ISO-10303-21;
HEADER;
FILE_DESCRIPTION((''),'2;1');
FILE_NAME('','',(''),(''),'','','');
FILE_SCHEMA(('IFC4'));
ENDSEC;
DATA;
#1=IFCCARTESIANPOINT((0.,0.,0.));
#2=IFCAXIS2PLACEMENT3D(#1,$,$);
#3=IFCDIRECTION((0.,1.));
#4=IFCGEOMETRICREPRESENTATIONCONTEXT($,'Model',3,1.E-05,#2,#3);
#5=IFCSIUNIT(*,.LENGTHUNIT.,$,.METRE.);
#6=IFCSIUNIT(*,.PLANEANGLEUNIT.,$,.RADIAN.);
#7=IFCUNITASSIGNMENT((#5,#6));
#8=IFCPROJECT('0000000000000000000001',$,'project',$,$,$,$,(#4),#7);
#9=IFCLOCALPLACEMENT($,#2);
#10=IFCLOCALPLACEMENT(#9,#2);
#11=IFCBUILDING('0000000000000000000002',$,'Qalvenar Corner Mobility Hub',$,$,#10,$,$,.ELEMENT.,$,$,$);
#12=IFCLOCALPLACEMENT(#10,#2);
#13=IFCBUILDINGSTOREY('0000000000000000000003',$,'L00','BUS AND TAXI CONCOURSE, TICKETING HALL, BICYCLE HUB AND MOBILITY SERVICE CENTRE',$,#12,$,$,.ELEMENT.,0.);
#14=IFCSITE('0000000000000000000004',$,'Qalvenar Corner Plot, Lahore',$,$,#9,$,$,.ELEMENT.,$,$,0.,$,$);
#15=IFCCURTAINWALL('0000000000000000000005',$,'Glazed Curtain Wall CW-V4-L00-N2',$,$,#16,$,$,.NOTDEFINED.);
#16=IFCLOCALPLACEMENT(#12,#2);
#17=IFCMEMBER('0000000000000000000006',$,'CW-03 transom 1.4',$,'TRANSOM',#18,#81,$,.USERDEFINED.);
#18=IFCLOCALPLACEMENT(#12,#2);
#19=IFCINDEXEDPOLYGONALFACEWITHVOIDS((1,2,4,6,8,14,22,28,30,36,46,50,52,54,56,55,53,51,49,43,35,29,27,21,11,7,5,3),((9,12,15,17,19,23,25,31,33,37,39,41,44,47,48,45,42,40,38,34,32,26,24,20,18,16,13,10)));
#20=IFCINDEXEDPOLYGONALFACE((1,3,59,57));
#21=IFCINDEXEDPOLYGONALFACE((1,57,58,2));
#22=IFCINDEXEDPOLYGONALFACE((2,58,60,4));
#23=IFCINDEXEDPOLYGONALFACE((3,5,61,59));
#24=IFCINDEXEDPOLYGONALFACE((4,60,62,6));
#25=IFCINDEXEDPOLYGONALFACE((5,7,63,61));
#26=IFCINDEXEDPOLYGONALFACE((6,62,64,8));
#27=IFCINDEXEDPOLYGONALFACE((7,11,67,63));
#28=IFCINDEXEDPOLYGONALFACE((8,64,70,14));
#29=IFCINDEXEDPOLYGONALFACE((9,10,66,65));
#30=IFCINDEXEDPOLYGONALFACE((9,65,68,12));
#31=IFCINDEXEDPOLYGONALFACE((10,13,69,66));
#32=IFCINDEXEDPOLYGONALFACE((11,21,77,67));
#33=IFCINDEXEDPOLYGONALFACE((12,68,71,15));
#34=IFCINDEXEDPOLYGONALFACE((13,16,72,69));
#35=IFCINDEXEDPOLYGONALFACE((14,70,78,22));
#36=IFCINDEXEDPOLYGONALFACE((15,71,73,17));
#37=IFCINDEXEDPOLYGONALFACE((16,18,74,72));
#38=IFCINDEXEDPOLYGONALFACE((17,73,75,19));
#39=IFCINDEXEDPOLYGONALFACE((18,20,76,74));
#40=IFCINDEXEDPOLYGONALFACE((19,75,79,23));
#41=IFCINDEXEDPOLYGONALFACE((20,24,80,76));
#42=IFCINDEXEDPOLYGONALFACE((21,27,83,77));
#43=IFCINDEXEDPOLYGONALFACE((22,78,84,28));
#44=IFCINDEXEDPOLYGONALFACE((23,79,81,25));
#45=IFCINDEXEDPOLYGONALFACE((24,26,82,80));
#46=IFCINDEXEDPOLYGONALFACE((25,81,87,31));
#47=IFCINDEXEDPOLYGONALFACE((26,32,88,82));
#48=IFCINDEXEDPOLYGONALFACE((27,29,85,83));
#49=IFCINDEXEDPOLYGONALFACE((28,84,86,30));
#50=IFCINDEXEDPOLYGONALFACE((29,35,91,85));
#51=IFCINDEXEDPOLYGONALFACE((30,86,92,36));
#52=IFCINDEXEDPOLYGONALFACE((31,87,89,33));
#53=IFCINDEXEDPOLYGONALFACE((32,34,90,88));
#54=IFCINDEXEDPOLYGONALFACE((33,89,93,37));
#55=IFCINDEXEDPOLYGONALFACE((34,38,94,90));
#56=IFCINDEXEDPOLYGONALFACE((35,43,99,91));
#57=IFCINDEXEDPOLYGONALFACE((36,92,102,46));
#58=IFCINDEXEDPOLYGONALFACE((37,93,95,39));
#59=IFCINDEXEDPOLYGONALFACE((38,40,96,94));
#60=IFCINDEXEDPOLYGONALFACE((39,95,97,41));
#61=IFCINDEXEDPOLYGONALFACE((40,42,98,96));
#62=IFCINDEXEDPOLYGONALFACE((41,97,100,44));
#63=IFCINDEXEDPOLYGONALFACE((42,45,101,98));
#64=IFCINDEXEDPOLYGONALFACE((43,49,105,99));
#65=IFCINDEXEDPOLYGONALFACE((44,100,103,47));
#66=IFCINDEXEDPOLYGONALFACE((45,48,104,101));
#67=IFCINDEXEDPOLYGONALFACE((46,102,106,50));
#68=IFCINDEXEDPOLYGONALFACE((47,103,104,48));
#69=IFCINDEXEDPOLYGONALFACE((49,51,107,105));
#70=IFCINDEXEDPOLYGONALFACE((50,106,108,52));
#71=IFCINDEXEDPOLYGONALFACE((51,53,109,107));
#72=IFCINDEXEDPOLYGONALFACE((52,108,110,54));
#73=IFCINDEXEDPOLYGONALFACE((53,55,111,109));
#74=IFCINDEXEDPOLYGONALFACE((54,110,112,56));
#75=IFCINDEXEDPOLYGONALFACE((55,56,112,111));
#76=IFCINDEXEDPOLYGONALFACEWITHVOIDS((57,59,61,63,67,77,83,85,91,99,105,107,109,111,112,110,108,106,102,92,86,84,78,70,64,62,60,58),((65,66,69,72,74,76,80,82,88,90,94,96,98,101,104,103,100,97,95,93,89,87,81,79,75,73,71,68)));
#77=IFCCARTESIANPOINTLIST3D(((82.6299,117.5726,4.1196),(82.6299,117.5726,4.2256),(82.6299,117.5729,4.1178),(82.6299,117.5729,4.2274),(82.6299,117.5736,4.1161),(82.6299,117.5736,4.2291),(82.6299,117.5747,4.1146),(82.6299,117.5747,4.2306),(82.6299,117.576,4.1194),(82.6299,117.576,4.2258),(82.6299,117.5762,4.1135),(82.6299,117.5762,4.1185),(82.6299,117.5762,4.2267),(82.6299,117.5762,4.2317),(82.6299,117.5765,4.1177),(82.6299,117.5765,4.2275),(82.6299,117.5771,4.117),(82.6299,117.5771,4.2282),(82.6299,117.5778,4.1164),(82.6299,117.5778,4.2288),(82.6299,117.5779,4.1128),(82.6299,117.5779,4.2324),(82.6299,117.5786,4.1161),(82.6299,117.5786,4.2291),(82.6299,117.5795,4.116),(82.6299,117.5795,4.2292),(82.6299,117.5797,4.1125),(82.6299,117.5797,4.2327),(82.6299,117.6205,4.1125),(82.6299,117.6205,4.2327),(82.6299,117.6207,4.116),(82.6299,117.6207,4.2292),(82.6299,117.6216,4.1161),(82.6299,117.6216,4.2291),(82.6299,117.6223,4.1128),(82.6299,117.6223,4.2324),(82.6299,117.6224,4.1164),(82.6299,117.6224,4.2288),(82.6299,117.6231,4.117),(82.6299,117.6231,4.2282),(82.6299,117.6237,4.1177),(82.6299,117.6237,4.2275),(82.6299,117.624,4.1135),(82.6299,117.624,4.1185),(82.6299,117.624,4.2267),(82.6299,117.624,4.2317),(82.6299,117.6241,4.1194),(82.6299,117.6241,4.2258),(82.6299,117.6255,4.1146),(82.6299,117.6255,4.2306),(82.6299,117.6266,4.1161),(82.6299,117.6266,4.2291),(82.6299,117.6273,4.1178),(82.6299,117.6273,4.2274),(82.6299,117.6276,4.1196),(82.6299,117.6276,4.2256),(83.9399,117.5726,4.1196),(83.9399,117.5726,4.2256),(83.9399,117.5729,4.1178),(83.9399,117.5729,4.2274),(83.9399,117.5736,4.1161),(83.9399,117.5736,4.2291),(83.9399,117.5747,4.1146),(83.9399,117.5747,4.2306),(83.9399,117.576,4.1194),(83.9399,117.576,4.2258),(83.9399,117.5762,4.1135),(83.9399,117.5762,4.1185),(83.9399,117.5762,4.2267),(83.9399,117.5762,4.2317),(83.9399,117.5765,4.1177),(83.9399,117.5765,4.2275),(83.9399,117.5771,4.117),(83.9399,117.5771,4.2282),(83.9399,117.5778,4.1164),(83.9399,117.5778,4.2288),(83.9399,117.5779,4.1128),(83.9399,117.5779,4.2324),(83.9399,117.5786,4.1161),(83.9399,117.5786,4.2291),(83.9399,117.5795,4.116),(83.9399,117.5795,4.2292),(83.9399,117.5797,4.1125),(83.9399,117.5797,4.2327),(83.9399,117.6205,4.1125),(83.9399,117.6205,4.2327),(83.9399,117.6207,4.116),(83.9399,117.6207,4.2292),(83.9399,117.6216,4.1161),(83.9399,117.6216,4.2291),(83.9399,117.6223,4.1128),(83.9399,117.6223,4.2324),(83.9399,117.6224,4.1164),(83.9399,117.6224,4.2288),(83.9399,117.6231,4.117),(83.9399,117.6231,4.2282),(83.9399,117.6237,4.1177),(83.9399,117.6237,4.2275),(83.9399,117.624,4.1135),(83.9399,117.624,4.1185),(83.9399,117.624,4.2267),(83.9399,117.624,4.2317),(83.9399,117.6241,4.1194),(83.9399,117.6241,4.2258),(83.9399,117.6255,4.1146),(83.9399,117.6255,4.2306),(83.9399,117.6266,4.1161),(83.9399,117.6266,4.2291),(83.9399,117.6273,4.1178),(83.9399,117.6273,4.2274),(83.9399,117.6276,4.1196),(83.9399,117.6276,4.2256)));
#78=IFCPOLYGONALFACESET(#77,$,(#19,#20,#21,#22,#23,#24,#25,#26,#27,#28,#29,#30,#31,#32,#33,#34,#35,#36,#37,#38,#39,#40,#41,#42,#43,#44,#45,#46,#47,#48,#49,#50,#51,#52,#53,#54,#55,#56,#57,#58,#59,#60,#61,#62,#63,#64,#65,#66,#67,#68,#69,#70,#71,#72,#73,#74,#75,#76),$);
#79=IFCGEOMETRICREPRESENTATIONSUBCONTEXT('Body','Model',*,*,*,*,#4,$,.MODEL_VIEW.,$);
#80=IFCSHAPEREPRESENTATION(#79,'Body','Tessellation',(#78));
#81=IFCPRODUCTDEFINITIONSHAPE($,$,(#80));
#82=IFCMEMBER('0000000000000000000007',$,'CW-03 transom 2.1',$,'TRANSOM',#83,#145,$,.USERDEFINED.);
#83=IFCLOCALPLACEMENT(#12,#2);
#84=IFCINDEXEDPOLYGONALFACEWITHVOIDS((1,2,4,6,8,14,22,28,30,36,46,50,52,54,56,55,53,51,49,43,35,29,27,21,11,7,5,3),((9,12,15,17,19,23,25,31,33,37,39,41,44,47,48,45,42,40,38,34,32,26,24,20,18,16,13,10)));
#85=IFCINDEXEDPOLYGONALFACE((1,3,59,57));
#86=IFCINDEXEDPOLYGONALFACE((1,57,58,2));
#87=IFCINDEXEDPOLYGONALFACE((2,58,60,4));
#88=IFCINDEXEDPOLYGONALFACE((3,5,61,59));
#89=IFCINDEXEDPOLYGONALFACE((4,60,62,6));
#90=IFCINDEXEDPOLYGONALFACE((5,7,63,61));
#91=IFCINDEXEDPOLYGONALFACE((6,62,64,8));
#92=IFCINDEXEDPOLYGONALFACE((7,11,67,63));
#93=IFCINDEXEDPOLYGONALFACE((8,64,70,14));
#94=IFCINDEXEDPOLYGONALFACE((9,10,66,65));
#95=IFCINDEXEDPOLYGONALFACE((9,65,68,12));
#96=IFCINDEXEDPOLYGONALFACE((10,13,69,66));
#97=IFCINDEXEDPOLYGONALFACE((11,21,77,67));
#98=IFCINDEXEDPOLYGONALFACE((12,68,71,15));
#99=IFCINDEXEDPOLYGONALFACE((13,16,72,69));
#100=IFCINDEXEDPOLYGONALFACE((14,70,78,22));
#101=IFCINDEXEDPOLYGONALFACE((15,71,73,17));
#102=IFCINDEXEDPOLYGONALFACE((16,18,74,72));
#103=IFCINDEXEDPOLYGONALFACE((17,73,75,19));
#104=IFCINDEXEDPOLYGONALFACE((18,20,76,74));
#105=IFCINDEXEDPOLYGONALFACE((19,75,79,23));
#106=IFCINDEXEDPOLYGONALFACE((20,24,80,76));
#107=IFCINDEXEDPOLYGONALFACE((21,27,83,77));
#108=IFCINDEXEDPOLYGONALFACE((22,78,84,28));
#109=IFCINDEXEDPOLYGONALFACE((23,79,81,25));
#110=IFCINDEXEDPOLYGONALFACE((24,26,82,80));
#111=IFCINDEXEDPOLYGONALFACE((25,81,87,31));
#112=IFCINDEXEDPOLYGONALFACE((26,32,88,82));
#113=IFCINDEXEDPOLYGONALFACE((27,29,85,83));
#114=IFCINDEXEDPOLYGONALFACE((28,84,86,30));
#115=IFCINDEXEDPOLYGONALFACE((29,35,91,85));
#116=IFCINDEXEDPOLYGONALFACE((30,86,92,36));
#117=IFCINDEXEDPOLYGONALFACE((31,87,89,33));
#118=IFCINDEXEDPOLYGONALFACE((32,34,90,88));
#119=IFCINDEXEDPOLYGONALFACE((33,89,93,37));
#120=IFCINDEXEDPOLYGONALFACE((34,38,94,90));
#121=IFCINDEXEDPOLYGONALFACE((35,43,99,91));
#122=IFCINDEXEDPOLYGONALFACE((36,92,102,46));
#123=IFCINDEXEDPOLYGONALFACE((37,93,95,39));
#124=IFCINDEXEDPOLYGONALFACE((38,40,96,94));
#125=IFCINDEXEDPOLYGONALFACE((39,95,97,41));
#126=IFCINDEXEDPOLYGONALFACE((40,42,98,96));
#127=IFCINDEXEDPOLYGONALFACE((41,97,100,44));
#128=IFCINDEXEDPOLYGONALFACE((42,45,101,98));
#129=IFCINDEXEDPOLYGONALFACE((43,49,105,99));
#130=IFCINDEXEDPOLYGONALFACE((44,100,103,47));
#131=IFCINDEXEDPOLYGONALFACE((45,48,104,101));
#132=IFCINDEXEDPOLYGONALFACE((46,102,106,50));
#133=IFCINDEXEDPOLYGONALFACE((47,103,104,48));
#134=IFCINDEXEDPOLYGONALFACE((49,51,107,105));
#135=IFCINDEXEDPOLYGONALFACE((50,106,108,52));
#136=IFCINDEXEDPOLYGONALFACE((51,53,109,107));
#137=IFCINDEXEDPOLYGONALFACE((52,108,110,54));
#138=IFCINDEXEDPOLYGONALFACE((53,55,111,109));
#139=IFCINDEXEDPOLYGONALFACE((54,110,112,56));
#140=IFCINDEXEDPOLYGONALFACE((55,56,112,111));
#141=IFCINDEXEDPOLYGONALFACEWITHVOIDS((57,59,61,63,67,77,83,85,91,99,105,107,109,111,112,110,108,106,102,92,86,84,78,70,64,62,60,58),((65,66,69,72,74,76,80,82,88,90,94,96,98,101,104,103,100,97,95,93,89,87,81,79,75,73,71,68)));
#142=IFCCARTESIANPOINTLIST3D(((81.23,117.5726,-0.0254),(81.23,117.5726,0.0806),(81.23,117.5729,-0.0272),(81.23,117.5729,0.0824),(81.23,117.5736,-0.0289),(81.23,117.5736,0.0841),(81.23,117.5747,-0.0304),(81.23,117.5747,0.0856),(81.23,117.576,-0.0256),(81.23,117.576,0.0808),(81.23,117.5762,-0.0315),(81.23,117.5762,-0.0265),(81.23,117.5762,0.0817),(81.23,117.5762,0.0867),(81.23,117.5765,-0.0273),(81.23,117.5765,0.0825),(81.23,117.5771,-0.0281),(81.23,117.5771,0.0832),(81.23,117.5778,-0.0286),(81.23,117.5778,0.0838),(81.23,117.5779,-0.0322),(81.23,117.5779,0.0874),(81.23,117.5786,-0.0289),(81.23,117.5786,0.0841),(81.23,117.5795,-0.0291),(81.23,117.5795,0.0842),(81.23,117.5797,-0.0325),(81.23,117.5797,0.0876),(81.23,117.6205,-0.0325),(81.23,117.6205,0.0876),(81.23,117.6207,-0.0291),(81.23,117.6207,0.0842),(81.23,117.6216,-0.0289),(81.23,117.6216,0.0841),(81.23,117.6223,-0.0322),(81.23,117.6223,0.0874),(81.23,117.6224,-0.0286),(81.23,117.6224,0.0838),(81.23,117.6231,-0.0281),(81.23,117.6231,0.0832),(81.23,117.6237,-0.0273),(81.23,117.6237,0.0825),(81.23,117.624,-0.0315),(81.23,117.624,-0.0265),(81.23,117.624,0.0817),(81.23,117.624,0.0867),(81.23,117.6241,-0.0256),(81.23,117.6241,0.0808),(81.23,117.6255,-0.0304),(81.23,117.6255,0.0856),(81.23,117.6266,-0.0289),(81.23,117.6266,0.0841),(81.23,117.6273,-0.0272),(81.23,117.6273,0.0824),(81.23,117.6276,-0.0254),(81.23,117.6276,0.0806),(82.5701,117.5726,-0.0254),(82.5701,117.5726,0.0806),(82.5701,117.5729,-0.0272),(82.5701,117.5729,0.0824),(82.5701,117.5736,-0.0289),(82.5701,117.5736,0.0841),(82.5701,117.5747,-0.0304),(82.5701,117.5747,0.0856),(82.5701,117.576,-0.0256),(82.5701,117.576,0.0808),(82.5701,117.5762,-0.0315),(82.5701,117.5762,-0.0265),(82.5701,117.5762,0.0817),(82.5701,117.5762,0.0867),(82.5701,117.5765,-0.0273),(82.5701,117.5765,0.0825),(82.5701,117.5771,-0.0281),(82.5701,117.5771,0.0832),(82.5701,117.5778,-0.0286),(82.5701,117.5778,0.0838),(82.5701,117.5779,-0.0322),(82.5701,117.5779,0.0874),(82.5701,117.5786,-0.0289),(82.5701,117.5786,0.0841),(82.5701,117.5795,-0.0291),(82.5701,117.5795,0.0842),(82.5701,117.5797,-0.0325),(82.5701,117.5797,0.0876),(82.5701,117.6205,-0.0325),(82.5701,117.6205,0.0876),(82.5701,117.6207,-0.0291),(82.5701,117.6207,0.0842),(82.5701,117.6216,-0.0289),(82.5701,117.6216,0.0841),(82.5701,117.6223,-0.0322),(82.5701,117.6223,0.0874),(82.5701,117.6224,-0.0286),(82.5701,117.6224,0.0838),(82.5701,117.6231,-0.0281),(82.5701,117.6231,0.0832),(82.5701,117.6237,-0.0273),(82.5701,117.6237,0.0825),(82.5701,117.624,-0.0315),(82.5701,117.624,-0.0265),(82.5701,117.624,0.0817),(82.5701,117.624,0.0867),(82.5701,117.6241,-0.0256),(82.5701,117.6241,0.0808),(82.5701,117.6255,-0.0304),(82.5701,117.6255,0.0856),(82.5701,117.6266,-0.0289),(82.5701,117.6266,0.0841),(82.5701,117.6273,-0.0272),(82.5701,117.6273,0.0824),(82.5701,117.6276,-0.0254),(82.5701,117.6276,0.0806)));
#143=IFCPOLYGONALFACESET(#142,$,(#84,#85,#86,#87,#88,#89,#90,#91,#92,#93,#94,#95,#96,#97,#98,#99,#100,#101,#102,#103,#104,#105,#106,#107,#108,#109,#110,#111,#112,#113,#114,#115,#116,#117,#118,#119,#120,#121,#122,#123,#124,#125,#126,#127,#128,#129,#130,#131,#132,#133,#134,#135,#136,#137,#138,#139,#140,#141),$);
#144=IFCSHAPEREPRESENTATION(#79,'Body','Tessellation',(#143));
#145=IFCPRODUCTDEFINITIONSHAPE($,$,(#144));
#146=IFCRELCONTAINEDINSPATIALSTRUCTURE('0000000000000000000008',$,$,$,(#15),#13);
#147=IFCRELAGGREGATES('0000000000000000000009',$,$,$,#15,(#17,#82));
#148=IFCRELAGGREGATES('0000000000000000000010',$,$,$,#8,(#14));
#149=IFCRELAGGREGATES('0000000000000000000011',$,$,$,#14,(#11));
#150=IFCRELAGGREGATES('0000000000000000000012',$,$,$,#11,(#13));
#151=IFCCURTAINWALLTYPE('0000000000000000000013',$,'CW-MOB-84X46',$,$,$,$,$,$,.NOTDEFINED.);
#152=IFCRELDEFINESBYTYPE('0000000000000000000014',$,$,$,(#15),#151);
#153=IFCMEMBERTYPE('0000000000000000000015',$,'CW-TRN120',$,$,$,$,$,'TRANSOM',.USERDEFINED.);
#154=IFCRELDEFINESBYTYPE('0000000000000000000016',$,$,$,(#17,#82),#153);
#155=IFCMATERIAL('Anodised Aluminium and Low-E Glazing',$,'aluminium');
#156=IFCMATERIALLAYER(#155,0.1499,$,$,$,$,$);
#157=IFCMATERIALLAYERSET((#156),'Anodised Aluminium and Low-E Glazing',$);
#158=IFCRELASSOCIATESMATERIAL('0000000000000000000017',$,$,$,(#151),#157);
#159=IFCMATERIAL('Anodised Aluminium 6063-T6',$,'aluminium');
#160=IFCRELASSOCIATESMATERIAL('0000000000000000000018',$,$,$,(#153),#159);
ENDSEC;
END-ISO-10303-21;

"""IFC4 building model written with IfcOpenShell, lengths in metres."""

from ifc_helpers import new_model, si_unit, direction, frame, origin, origin_2d, place, context, subcontext, project, spatial, hollow_rectangle, extrude, material, layer, layer_set, material_profile, profile_set, type_object, element, aggregate, save


model = new_model("IFC4")

# Units and contexts
model_context = context("Model", 3, precision=1e-05, world=origin(), true_north=direction((0.0, 1.0)))
body_context = subcontext(model_context, "Body", "Model", "MODEL_VIEW")
ifc_project = project(units=[si_unit("LENGTHUNIT", "METRE"), si_unit("PLANEANGLEUNIT", "RADIAN")], contexts=[model_context])

# Site, building, storey
site_placement = place(None, origin())
site = spatial("IfcSite", under=ifc_project, at=site_placement, Name="Qalvenar Corner Plot, Lahore", CompositionType="ELEMENT", RefElevation=0.0)
building_placement = place(site_placement, origin())
building = spatial("IfcBuilding", under=site, at=building_placement, Name="Qalvenar Corner Mobility Hub", CompositionType="ELEMENT")
storey_placement = place(building_placement, origin())
storey = spatial("IfcBuildingStorey", under=building, at=storey_placement, Name="L00", Description="BUS AND TAXI CONCOURSE, TICKETING HALL, BICYCLE HUB AND MOBILITY SERVICE CENTRE", CompositionType="ELEMENT", Elevation=0.0)

# Curtain wall
ifc_material_1 = material(Name="Anodised Aluminium and Low-E Glazing", Category="aluminium")
ifc_layer_1 = layer(ifc_material_1, 0.1499)
ifc_layer_set_1 = layer_set([ifc_layer_1], Name="Anodised Aluminium and Low-E Glazing")
curtain_wall_type = type_object("IfcCurtainWallType", Name="CW-MOB-84X46", PredefinedType="NOTDEFINED", material=ifc_layer_set_1)
curtain_wall_1_placement = place(storey_placement, origin())
curtain_wall_1 = element("IfcCurtainWall", 1, at=curtain_wall_1_placement, inside=storey, type_object=curtain_wall_type, Name="Glazed Curtain Wall CW-V4-L00-N2", PredefinedType="NOTDEFINED")
ifc_material_2 = material(Name="Anodised Aluminium 6063-T6", Category="aluminium")

# Members
ifc_material_profile_1 = material_profile(ifc_material_2, hollow_rectangle(XDim=0.0549, YDim=0.1201, WallThickness=0.0034, InnerFilletRadius=0.0034, OuterFilletRadius=0.0071, at=origin_2d()), Name="RHS120x55x3.5")
ifc_profile_set_1 = profile_set([ifc_material_profile_1], Name="Anodised Aluminium 6063-T6")
member_type_1 = type_object("IfcMemberType", Name="CW-TRN120", ElementType="TRANSOM", PredefinedType="USERDEFINED", material=ifc_profile_set_1)
member_1_placement = place(storey_placement, frame((83.9399, 117.6001, 4.1726), z_axis=(-1.0, 0.0, 0.0), x_axis=(0.0, -1.0, 0.0)))
member_1 = element("IfcMember", 2, at=member_1_placement, type_object=member_type_1, Name="CW-03 transom 1.4", ObjectType="TRANSOM", PredefinedType="USERDEFINED", context=body_context, shape_type="SweptSolid", body=[
    extrude(hollow_rectangle(XDim=0.0549, YDim=0.1201, WallThickness=0.0034, InnerFilletRadius=0.0034, OuterFilletRadius=0.0071, at=origin_2d()), origin(), (0.0, 0.0, 1.0), 1.3101),
])
member_2_placement = place(storey_placement, frame((82.5701, 117.6001, 0.0276), z_axis=(-1.0, 0.0, 0.0), x_axis=(0.0, -1.0, 0.0)))
member_2 = element("IfcMember", 3, at=member_2_placement, type_object=member_type_1, Name="CW-03 transom 2.1", ObjectType="TRANSOM", PredefinedType="USERDEFINED", context=body_context, shape_type="SweptSolid", body=[
    extrude(hollow_rectangle(XDim=0.0549, YDim=0.1201, WallThickness=0.0034, InnerFilletRadius=0.0034, OuterFilletRadius=0.0071, at=origin_2d()), origin(), (0.0, 0.0, 1.0), 1.3401),
])

aggregate(curtain_wall_1, [member_1, member_2])

save(model, "model.ifc")
